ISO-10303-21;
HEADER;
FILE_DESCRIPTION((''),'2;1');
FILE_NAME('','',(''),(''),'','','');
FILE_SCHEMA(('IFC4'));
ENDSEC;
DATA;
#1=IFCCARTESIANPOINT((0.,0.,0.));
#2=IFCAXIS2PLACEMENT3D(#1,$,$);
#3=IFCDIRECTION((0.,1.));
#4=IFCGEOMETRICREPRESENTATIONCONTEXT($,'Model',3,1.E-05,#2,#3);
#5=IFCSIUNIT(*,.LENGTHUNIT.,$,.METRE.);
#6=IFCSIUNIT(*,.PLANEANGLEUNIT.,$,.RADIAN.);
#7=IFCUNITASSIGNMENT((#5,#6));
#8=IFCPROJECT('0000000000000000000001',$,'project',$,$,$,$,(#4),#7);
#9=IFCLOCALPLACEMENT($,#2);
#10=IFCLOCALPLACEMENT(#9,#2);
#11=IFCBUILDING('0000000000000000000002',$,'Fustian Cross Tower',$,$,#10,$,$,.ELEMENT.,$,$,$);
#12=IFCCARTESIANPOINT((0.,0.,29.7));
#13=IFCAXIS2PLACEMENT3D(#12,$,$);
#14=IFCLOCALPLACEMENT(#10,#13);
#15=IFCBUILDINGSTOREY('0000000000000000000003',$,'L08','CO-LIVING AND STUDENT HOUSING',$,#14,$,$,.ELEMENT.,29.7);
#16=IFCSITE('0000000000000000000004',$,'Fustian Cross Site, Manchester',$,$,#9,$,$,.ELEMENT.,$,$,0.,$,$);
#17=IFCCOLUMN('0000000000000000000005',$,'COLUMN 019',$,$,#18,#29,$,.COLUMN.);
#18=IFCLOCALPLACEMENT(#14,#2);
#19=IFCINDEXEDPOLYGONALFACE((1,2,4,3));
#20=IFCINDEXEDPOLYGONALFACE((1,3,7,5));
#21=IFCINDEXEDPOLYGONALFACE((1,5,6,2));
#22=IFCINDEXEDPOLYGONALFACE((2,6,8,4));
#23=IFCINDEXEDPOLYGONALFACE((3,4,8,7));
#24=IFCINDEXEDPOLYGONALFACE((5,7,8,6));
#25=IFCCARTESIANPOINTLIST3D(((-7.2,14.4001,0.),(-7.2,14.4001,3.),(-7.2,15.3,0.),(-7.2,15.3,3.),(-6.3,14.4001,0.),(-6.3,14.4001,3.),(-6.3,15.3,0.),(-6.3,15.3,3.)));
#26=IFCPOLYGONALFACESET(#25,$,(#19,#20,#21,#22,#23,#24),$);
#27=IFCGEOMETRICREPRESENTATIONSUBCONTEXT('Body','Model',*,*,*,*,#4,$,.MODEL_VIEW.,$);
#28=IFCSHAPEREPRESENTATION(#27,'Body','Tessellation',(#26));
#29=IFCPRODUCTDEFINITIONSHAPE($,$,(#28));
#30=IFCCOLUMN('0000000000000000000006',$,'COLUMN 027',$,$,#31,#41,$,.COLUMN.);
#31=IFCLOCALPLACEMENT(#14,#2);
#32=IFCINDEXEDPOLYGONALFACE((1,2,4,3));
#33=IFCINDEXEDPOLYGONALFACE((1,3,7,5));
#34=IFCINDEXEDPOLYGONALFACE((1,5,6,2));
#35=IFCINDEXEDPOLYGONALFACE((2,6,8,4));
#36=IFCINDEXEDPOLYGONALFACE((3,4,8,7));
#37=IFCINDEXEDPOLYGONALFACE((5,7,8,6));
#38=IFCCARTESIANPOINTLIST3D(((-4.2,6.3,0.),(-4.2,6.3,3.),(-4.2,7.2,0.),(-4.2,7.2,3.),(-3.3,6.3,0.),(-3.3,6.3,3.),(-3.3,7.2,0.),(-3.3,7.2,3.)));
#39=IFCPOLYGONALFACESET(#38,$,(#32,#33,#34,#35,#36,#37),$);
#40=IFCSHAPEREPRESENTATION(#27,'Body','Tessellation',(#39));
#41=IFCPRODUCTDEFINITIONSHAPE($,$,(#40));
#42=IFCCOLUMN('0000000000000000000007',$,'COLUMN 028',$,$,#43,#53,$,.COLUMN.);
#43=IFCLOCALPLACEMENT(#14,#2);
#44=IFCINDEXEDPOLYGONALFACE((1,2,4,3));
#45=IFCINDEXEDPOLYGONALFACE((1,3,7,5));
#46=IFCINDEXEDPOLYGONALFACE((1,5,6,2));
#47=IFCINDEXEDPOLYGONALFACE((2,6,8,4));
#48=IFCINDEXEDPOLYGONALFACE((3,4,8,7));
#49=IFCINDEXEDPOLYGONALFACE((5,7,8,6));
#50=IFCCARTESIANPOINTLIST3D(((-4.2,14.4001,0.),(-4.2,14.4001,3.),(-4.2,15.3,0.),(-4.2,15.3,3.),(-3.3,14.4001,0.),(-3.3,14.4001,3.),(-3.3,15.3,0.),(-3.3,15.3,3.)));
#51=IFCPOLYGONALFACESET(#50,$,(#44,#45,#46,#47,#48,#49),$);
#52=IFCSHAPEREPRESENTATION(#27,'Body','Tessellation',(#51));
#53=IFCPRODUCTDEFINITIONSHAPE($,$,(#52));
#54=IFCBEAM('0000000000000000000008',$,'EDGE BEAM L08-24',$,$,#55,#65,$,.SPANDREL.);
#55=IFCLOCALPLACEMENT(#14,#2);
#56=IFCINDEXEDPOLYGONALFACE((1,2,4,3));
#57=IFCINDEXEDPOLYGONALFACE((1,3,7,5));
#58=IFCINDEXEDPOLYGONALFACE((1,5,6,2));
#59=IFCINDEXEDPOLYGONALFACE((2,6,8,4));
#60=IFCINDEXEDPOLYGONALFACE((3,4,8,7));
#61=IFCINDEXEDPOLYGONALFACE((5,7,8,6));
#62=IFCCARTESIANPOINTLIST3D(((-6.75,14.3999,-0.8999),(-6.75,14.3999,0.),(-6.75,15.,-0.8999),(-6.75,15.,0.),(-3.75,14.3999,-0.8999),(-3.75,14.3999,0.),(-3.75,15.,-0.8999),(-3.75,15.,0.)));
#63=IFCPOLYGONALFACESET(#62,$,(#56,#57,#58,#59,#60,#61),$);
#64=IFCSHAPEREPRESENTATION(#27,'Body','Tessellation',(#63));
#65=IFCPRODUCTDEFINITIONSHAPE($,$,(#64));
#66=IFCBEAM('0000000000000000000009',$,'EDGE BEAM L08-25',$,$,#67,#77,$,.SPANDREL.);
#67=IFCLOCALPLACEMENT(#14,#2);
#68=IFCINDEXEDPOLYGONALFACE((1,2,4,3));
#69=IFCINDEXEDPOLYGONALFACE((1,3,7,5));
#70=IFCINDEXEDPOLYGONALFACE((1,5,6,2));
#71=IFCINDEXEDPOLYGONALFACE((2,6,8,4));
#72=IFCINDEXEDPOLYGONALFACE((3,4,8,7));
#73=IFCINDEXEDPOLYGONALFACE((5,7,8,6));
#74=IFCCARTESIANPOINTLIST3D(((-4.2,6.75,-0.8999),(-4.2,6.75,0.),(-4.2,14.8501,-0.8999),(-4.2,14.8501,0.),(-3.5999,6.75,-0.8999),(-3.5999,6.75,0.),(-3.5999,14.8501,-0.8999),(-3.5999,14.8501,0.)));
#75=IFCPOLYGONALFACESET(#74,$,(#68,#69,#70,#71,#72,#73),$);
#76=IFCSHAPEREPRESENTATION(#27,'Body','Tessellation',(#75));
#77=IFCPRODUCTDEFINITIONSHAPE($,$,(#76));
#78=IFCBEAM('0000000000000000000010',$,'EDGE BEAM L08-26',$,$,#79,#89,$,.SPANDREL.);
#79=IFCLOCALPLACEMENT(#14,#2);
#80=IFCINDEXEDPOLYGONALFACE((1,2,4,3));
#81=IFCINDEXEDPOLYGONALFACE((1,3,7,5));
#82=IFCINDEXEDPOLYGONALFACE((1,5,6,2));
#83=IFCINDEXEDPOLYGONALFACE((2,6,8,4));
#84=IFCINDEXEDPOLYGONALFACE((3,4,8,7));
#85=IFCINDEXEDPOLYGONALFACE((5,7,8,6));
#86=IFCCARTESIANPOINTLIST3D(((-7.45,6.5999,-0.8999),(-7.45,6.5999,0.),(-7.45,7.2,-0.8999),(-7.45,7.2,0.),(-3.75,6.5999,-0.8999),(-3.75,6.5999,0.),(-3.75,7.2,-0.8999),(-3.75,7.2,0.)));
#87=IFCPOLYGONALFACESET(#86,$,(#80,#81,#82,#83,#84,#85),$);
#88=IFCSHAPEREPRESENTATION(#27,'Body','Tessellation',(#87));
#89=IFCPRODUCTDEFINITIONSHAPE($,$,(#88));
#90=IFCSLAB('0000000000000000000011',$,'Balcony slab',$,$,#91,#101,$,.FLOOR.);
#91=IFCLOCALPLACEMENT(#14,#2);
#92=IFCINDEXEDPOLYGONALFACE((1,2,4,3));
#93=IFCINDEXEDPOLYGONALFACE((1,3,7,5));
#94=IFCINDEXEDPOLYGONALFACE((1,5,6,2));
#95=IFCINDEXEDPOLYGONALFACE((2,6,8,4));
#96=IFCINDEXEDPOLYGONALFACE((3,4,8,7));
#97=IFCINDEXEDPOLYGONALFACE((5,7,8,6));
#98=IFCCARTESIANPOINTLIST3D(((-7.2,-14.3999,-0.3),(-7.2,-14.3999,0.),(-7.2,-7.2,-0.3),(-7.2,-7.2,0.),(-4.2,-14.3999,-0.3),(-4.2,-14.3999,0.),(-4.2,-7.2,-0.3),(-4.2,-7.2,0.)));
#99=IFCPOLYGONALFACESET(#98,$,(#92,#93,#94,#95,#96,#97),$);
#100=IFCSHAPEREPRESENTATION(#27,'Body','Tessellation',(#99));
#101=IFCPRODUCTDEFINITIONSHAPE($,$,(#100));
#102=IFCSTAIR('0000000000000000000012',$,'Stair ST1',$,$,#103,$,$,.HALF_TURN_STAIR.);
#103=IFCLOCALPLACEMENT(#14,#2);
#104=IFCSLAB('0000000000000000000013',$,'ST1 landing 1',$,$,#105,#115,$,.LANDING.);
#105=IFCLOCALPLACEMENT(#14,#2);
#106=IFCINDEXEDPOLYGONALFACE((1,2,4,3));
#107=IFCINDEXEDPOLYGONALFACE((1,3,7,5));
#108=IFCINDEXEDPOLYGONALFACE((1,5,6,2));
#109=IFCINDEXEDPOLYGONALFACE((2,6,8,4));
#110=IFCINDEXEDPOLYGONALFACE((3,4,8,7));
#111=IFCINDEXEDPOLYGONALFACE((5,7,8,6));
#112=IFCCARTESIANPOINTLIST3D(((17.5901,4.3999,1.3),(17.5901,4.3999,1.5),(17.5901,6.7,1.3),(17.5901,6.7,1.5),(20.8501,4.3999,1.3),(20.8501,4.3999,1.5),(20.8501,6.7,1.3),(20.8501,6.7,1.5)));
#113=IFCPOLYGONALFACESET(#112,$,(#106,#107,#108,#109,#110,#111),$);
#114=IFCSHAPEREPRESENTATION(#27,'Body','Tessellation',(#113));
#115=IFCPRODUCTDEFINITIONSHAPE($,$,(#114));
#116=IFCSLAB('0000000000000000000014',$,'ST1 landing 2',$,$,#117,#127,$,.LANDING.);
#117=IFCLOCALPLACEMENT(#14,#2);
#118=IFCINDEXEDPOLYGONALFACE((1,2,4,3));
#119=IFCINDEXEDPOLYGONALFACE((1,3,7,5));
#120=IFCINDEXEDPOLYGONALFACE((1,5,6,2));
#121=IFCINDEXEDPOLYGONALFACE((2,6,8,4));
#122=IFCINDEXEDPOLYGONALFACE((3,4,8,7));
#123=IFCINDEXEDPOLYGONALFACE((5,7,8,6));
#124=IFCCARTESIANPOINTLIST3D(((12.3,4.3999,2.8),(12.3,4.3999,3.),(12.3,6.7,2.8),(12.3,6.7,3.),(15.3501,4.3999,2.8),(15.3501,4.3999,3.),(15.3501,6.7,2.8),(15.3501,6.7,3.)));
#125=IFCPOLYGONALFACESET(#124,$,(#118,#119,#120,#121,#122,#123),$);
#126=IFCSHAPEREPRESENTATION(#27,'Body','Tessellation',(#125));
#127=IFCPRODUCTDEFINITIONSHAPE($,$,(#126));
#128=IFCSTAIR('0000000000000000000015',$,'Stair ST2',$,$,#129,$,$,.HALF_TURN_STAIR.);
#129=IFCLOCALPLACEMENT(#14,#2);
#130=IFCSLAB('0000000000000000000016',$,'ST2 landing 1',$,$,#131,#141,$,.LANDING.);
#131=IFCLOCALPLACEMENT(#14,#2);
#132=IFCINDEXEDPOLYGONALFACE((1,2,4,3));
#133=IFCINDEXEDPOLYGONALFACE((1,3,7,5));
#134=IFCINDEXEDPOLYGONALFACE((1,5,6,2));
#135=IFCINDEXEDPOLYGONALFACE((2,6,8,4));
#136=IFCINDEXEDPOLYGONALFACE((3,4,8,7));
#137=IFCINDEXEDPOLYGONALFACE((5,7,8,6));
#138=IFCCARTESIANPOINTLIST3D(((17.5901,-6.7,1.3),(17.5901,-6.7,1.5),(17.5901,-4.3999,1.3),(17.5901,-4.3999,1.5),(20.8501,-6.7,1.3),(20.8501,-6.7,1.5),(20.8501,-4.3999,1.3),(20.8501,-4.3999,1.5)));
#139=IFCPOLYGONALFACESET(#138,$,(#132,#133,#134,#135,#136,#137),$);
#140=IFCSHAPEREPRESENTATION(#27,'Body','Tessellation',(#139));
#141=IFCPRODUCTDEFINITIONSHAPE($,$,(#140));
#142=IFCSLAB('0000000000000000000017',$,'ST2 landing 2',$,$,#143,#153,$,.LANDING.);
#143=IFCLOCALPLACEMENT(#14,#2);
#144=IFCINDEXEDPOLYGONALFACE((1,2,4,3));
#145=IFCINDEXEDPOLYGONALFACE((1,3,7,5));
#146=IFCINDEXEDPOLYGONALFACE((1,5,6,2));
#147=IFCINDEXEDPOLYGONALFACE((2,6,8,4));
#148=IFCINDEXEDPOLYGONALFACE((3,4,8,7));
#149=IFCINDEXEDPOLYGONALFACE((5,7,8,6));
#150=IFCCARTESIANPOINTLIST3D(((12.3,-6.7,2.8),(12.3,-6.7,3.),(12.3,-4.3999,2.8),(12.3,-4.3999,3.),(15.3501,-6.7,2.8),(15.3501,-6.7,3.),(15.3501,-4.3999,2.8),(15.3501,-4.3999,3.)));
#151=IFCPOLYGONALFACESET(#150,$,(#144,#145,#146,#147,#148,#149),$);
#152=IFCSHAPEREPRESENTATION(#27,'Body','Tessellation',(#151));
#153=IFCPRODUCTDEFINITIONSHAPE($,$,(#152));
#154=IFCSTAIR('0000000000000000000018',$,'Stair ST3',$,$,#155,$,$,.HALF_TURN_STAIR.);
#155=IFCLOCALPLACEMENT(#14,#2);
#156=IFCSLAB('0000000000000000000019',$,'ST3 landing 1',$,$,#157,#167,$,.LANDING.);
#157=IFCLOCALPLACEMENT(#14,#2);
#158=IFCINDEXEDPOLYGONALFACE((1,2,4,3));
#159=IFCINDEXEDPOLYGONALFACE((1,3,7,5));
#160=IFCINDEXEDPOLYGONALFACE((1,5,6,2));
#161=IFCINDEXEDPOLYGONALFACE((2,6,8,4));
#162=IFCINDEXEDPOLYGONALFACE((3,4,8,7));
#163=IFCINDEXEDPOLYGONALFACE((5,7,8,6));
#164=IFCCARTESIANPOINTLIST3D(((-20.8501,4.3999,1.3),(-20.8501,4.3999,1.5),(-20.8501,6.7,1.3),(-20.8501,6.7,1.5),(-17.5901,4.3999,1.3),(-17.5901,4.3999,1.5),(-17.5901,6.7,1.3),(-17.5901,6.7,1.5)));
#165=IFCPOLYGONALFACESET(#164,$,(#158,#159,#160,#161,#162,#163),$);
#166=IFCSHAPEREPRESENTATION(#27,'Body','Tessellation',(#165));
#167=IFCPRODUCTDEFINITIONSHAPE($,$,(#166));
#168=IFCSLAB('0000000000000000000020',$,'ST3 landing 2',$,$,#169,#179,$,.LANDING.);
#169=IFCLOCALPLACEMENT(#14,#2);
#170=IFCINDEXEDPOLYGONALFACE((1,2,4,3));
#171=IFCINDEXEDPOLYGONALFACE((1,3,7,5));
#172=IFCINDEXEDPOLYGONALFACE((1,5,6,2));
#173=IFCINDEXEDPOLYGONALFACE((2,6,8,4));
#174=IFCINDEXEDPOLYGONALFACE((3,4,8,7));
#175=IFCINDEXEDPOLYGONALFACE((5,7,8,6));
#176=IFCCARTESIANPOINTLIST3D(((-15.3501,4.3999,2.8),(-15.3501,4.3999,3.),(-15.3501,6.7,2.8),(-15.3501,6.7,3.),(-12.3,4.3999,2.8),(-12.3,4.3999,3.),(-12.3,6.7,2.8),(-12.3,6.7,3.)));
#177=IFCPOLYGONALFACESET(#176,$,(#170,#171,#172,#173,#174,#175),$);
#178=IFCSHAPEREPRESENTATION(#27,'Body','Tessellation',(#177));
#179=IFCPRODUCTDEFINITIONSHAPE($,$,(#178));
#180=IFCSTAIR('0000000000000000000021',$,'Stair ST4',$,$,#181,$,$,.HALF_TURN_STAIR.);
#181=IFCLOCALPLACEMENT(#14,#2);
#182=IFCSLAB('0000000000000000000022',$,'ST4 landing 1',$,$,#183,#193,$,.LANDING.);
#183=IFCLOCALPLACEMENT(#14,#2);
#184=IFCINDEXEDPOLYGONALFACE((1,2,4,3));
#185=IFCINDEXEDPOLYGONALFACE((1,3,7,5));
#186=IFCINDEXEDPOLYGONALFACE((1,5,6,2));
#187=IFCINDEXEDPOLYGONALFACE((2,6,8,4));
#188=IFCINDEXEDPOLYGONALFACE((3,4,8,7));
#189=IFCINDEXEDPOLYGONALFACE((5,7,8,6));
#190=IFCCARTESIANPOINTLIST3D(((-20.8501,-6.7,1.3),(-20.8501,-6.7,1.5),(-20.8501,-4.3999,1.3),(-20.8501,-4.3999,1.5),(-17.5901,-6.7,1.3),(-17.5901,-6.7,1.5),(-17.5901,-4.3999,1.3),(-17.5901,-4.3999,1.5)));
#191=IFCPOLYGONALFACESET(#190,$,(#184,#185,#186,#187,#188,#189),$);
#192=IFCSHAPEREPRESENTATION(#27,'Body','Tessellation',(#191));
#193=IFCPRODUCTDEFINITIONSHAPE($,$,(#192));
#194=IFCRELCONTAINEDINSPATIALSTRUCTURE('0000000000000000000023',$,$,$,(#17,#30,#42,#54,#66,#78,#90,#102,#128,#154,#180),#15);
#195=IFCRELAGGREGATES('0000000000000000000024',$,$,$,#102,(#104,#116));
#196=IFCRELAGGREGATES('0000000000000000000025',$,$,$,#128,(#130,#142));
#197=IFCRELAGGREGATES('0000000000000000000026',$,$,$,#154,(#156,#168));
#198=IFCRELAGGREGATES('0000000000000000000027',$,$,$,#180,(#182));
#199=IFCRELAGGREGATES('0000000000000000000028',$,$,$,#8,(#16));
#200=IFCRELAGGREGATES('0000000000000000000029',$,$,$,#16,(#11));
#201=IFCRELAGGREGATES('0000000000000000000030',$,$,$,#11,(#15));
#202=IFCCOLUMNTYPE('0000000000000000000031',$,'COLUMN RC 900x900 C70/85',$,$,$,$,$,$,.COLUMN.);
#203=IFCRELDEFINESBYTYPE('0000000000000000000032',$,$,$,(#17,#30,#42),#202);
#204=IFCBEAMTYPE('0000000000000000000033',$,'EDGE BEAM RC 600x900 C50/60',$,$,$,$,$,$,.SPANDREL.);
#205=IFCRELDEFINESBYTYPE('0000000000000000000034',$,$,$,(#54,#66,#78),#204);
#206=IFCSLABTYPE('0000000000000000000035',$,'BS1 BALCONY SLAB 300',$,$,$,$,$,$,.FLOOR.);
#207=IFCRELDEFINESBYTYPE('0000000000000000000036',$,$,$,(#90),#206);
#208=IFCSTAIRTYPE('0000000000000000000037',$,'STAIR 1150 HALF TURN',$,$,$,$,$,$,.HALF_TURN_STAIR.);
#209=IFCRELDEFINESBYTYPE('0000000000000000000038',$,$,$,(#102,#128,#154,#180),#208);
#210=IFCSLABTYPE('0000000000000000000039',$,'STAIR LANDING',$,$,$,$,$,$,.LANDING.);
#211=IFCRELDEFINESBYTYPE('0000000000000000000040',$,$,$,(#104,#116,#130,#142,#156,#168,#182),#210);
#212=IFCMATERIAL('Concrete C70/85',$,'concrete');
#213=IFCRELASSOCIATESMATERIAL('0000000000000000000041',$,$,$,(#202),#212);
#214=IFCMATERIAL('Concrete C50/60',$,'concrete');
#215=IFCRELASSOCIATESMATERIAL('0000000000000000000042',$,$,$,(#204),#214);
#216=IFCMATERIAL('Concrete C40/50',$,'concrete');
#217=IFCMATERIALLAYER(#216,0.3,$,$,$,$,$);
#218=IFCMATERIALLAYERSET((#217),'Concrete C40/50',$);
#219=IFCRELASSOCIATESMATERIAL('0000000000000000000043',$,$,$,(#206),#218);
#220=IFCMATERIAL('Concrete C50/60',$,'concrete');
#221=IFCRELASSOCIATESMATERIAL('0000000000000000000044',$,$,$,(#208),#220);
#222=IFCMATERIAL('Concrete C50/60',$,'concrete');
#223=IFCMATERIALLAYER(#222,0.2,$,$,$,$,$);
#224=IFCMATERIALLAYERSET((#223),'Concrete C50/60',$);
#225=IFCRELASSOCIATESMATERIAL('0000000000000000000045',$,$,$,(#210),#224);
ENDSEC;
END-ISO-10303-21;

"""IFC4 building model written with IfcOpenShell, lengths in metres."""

from ifc_helpers import new_model, si_unit, direction, frame, origin, origin_2d, place, context, subcontext, project, spatial, polyline, rectangle, outline, extrude, material, layer, layer_set, material_profile, profile_set, type_object, element, aggregate, save


model = new_model("IFC4")

# Units and contexts
model_context = context("Model", 3, precision=1e-05, world=origin(), true_north=direction((0.0, 1.0)))
body_context = subcontext(model_context, "Body", "Model", "MODEL_VIEW")
ifc_project = project(units=[si_unit("LENGTHUNIT", "METRE"), si_unit("PLANEANGLEUNIT", "RADIAN")], contexts=[model_context])

# Site, building, storey
site_placement = place(None, origin())
site = spatial("IfcSite", under=ifc_project, at=site_placement, Name="Fustian Cross Site, Manchester", CompositionType="ELEMENT", RefElevation=0.0)
building_placement = place(site_placement, origin())
building = spatial("IfcBuilding", under=site, at=building_placement, Name="Fustian Cross Tower", CompositionType="ELEMENT")
storey_placement = place(building_placement, frame((0.0, 0.0, 29.7)))
storey = spatial("IfcBuildingStorey", under=building, at=storey_placement, Name="L08", Description="CO-LIVING AND STUDENT HOUSING", CompositionType="ELEMENT", Elevation=29.7)

# Columns
ifc_material_1 = material(Name="Concrete C70/85", Category="concrete")
ifc_material_profile_1 = material_profile(ifc_material_1, rectangle(XDim=0.8999, YDim=0.8999, at=origin_2d()), Name="RC 900x900")
ifc_profile_set_1 = profile_set([ifc_material_profile_1], Name="Concrete C70/85")
column_type = type_object("IfcColumnType", Name="COLUMN RC 900x900 C70/85", PredefinedType="COLUMN", material=ifc_profile_set_1)
for number, where, z_axis, x_axis, name in (
    (1, (-6.75, 14.8501, 0.0), (0.0, 0.0, 1.0), (1.0, 0.0, 0.0), "COLUMN 019"),
    (2, (-3.75, 6.75, 0.0), (0.0, 0.0, 1.0), (1.0, 0.0, 0.0), "COLUMN 027"),
    (3, (-3.75, 14.8501, 0.0), (0.0, 0.0, 1.0), (1.0, 0.0, 0.0), "COLUMN 028"),
):
    element("IfcColumn", number, at=place(storey_placement, frame(where, z_axis=z_axis, x_axis=x_axis)), inside=storey, type_object=column_type, Name=name, PredefinedType="COLUMN", context=body_context, shape_type="SweptSolid", body=[
        extrude(rectangle(XDim=0.8999, YDim=0.8999, at=origin_2d()), origin(), (0.0, 0.0, 1.0), 3.0),
    ])

# Beams
ifc_material_2 = material(Name="Concrete C50/60", Category="concrete")
ifc_material_profile_2 = material_profile(ifc_material_2, rectangle(XDim=0.6001, YDim=0.8999, at=origin_2d()), Name="RC 600x900")
ifc_profile_set_2 = profile_set([ifc_material_profile_2], Name="Concrete C50/60")
beam_type = type_object("IfcBeamType", Name="EDGE BEAM RC 600x900 C50/60", PredefinedType="SPANDREL", material=ifc_profile_set_2)
beam_1_placement = place(storey_placement, frame((-6.75, 14.7, -0.45), z_axis=(1.0, 0.0, 0.0), x_axis=(0.0, 1.0, 0.0)))
element("IfcBeam", 4, at=beam_1_placement, inside=storey, type_object=beam_type, Name="EDGE BEAM L08-24", PredefinedType="SPANDREL", context=body_context, shape_type="SweptSolid", body=[
    extrude(rectangle(XDim=0.6001, YDim=0.8999, at=origin_2d()), origin(), (0.0, 0.0, 1.0), 3.0),
])
beam_2_placement = place(storey_placement, frame((-3.8999, 14.8501, -0.45), z_axis=(0.0, -1.0, 0.0), x_axis=(1.0, 0.0, 0.0)))
element("IfcBeam", 5, at=beam_2_placement, inside=storey, type_object=beam_type, Name="EDGE BEAM L08-25", PredefinedType="SPANDREL", context=body_context, shape_type="SweptSolid", body=[
    extrude(rectangle(XDim=0.6001, YDim=0.8999, at=origin_2d()), origin(), (0.0, 0.0, 1.0), 8.1001),
])
beam_3_placement = place(storey_placement, frame((-3.75, 6.8999, -0.45), z_axis=(-1.0, 0.0, 0.0), x_axis=(0.0, -1.0, 0.0)))
element("IfcBeam", 6, at=beam_3_placement, inside=storey, type_object=beam_type, Name="EDGE BEAM L08-26", PredefinedType="SPANDREL", context=body_context, shape_type="SweptSolid", body=[
    extrude(rectangle(XDim=0.6001, YDim=0.8999, at=origin_2d()), origin(), (0.0, 0.0, 1.0), 3.7),
])

# Slab
ifc_material_3 = material(Name="Concrete C40/50", Category="concrete")
ifc_layer_1 = layer(ifc_material_3, 0.3)
ifc_layer_set_1 = layer_set([ifc_layer_1], Name="Concrete C40/50")
slab_type_1 = type_object("IfcSlabType", Name="BS1 BALCONY SLAB 300", PredefinedType="FLOOR", material=ifc_layer_set_1)
slab_1_placement = place(storey_placement, frame((0.0, 0.0, -0.3)))
element("IfcSlab", 7, at=slab_1_placement, inside=storey, type_object=slab_type_1, Name="Balcony slab", PredefinedType="FLOOR", context=body_context, shape_type="SweptSolid", body=[
    extrude(outline(polyline([(-7.2, -14.3999), (-4.2, -14.3999), (-4.2, -7.2), (-7.2, -7.2), (-7.2, -14.3999)])), origin(), (0.0, 0.0, 1.0), 0.3),
])

# Stairs, slabs
ifc_material_4 = material(Name="Concrete C50/60", Category="concrete")
stair_type = type_object("IfcStairType", Name="STAIR 1150 HALF TURN", PredefinedType="HALF_TURN_STAIR", material=ifc_material_4)
stair_1_placement = place(storey_placement, origin())
stair_1 = element("IfcStair", 8, at=stair_1_placement, inside=storey, type_object=stair_type, Name="Stair ST1", PredefinedType="HALF_TURN_STAIR")
ifc_material_5 = material(Name="Concrete C50/60", Category="concrete")
ifc_layer_2 = layer(ifc_material_5, 0.2)
ifc_layer_set_2 = layer_set([ifc_layer_2], Name="Concrete C50/60")
slab_type_2 = type_object("IfcSlabType", Name="STAIR LANDING", PredefinedType="LANDING", material=ifc_layer_set_2)
slab_2_placement = place(storey_placement, frame((0.0, 0.0, 1.3)))
slab_2 = element("IfcSlab", 9, at=slab_2_placement, type_object=slab_type_2, Name="ST1 landing 1", PredefinedType="LANDING", context=body_context, shape_type="SweptSolid", body=[
    extrude(outline(polyline([(17.5901, 4.3999), (20.8501, 4.3999), (20.8501, 6.7), (17.5901, 6.7), (17.5901, 4.3999)])), origin(), (0.0, 0.0, 1.0), 0.2),
])
slab_3_placement = place(storey_placement, frame((0.0, 0.0, 2.8)))
slab_3 = element("IfcSlab", 10, at=slab_3_placement, type_object=slab_type_2, Name="ST1 landing 2", PredefinedType="LANDING", context=body_context, shape_type="SweptSolid", body=[
    extrude(outline(polyline([(12.3, 4.3999), (15.3501, 4.3999), (15.3501, 6.7), (12.3, 6.7), (12.3, 4.3999)])), origin(), (0.0, 0.0, 1.0), 0.2),
])
aggregate(stair_1, [slab_2, slab_3])
stair_2_placement = place(storey_placement, origin())
stair_2 = element("IfcStair", 11, at=stair_2_placement, inside=storey, type_object=stair_type, Name="Stair ST2", PredefinedType="HALF_TURN_STAIR")
slab_4_placement = place(storey_placement, frame((0.0, 0.0, 1.3)))
slab_4 = element("IfcSlab", 12, at=slab_4_placement, type_object=slab_type_2, Name="ST2 landing 1", PredefinedType="LANDING", context=body_context, shape_type="SweptSolid", body=[
    extrude(outline(polyline([(17.5901, -4.3999), (20.8501, -4.3999), (20.8501, -6.7), (17.5901, -6.7), (17.5901, -4.3999)])), origin(), (0.0, 0.0, 1.0), 0.2),
])
slab_5_placement = place(storey_placement, frame((0.0, 0.0, 2.8)))
slab_5 = element("IfcSlab", 13, at=slab_5_placement, type_object=slab_type_2, Name="ST2 landing 2", PredefinedType="LANDING", context=body_context, shape_type="SweptSolid", body=[
    extrude(outline(polyline([(12.3, -4.3999), (15.3501, -4.3999), (15.3501, -6.7), (12.3, -6.7), (12.3, -4.3999)])), origin(), (0.0, 0.0, 1.0), 0.2),
])
aggregate(stair_2, [slab_4, slab_5])
stair_3_placement = place(storey_placement, origin())
stair_3 = element("IfcStair", 14, at=stair_3_placement, inside=storey, type_object=stair_type, Name="Stair ST3", PredefinedType="HALF_TURN_STAIR")
slab_6_placement = place(storey_placement, frame((0.0, 0.0, 1.3)))
slab_6 = element("IfcSlab", 15, at=slab_6_placement, type_object=slab_type_2, Name="ST3 landing 1", PredefinedType="LANDING", context=body_context, shape_type="SweptSolid", body=[
    extrude(outline(polyline([(-17.5901, 4.3999), (-20.8501, 4.3999), (-20.8501, 6.7), (-17.5901, 6.7), (-17.5901, 4.3999)])), origin(), (0.0, 0.0, 1.0), 0.2),
])
slab_7_placement = place(storey_placement, frame((0.0, 0.0, 2.8)))
slab_7 = element("IfcSlab", 16, at=slab_7_placement, type_object=slab_type_2, Name="ST3 landing 2", PredefinedType="LANDING", context=body_context, shape_type="SweptSolid", body=[
    extrude(outline(polyline([(-12.3, 4.3999), (-15.3501, 4.3999), (-15.3501, 6.7), (-12.3, 6.7), (-12.3, 4.3999)])), origin(), (0.0, 0.0, 1.0), 0.2),
])
aggregate(stair_3, [slab_6, slab_7])

# Stair, slab
stair_4_placement = place(storey_placement, origin())
stair_4 = element("IfcStair", 17, at=stair_4_placement, inside=storey, type_object=stair_type, Name="Stair ST4", PredefinedType="HALF_TURN_STAIR")
slab_8_placement = place(storey_placement, frame((0.0, 0.0, 1.3)))
slab_8 = element("IfcSlab", 18, at=slab_8_placement, type_object=slab_type_2, Name="ST4 landing 1", PredefinedType="LANDING", context=body_context, shape_type="SweptSolid", body=[
    extrude(outline(polyline([(-17.5901, -4.3999), (-20.8501, -4.3999), (-20.8501, -6.7), (-17.5901, -6.7), (-17.5901, -4.3999)])), origin(), (0.0, 0.0, 1.0), 0.2),
])
aggregate(stair_4, [slab_8])

save(model, "model.ifc")
